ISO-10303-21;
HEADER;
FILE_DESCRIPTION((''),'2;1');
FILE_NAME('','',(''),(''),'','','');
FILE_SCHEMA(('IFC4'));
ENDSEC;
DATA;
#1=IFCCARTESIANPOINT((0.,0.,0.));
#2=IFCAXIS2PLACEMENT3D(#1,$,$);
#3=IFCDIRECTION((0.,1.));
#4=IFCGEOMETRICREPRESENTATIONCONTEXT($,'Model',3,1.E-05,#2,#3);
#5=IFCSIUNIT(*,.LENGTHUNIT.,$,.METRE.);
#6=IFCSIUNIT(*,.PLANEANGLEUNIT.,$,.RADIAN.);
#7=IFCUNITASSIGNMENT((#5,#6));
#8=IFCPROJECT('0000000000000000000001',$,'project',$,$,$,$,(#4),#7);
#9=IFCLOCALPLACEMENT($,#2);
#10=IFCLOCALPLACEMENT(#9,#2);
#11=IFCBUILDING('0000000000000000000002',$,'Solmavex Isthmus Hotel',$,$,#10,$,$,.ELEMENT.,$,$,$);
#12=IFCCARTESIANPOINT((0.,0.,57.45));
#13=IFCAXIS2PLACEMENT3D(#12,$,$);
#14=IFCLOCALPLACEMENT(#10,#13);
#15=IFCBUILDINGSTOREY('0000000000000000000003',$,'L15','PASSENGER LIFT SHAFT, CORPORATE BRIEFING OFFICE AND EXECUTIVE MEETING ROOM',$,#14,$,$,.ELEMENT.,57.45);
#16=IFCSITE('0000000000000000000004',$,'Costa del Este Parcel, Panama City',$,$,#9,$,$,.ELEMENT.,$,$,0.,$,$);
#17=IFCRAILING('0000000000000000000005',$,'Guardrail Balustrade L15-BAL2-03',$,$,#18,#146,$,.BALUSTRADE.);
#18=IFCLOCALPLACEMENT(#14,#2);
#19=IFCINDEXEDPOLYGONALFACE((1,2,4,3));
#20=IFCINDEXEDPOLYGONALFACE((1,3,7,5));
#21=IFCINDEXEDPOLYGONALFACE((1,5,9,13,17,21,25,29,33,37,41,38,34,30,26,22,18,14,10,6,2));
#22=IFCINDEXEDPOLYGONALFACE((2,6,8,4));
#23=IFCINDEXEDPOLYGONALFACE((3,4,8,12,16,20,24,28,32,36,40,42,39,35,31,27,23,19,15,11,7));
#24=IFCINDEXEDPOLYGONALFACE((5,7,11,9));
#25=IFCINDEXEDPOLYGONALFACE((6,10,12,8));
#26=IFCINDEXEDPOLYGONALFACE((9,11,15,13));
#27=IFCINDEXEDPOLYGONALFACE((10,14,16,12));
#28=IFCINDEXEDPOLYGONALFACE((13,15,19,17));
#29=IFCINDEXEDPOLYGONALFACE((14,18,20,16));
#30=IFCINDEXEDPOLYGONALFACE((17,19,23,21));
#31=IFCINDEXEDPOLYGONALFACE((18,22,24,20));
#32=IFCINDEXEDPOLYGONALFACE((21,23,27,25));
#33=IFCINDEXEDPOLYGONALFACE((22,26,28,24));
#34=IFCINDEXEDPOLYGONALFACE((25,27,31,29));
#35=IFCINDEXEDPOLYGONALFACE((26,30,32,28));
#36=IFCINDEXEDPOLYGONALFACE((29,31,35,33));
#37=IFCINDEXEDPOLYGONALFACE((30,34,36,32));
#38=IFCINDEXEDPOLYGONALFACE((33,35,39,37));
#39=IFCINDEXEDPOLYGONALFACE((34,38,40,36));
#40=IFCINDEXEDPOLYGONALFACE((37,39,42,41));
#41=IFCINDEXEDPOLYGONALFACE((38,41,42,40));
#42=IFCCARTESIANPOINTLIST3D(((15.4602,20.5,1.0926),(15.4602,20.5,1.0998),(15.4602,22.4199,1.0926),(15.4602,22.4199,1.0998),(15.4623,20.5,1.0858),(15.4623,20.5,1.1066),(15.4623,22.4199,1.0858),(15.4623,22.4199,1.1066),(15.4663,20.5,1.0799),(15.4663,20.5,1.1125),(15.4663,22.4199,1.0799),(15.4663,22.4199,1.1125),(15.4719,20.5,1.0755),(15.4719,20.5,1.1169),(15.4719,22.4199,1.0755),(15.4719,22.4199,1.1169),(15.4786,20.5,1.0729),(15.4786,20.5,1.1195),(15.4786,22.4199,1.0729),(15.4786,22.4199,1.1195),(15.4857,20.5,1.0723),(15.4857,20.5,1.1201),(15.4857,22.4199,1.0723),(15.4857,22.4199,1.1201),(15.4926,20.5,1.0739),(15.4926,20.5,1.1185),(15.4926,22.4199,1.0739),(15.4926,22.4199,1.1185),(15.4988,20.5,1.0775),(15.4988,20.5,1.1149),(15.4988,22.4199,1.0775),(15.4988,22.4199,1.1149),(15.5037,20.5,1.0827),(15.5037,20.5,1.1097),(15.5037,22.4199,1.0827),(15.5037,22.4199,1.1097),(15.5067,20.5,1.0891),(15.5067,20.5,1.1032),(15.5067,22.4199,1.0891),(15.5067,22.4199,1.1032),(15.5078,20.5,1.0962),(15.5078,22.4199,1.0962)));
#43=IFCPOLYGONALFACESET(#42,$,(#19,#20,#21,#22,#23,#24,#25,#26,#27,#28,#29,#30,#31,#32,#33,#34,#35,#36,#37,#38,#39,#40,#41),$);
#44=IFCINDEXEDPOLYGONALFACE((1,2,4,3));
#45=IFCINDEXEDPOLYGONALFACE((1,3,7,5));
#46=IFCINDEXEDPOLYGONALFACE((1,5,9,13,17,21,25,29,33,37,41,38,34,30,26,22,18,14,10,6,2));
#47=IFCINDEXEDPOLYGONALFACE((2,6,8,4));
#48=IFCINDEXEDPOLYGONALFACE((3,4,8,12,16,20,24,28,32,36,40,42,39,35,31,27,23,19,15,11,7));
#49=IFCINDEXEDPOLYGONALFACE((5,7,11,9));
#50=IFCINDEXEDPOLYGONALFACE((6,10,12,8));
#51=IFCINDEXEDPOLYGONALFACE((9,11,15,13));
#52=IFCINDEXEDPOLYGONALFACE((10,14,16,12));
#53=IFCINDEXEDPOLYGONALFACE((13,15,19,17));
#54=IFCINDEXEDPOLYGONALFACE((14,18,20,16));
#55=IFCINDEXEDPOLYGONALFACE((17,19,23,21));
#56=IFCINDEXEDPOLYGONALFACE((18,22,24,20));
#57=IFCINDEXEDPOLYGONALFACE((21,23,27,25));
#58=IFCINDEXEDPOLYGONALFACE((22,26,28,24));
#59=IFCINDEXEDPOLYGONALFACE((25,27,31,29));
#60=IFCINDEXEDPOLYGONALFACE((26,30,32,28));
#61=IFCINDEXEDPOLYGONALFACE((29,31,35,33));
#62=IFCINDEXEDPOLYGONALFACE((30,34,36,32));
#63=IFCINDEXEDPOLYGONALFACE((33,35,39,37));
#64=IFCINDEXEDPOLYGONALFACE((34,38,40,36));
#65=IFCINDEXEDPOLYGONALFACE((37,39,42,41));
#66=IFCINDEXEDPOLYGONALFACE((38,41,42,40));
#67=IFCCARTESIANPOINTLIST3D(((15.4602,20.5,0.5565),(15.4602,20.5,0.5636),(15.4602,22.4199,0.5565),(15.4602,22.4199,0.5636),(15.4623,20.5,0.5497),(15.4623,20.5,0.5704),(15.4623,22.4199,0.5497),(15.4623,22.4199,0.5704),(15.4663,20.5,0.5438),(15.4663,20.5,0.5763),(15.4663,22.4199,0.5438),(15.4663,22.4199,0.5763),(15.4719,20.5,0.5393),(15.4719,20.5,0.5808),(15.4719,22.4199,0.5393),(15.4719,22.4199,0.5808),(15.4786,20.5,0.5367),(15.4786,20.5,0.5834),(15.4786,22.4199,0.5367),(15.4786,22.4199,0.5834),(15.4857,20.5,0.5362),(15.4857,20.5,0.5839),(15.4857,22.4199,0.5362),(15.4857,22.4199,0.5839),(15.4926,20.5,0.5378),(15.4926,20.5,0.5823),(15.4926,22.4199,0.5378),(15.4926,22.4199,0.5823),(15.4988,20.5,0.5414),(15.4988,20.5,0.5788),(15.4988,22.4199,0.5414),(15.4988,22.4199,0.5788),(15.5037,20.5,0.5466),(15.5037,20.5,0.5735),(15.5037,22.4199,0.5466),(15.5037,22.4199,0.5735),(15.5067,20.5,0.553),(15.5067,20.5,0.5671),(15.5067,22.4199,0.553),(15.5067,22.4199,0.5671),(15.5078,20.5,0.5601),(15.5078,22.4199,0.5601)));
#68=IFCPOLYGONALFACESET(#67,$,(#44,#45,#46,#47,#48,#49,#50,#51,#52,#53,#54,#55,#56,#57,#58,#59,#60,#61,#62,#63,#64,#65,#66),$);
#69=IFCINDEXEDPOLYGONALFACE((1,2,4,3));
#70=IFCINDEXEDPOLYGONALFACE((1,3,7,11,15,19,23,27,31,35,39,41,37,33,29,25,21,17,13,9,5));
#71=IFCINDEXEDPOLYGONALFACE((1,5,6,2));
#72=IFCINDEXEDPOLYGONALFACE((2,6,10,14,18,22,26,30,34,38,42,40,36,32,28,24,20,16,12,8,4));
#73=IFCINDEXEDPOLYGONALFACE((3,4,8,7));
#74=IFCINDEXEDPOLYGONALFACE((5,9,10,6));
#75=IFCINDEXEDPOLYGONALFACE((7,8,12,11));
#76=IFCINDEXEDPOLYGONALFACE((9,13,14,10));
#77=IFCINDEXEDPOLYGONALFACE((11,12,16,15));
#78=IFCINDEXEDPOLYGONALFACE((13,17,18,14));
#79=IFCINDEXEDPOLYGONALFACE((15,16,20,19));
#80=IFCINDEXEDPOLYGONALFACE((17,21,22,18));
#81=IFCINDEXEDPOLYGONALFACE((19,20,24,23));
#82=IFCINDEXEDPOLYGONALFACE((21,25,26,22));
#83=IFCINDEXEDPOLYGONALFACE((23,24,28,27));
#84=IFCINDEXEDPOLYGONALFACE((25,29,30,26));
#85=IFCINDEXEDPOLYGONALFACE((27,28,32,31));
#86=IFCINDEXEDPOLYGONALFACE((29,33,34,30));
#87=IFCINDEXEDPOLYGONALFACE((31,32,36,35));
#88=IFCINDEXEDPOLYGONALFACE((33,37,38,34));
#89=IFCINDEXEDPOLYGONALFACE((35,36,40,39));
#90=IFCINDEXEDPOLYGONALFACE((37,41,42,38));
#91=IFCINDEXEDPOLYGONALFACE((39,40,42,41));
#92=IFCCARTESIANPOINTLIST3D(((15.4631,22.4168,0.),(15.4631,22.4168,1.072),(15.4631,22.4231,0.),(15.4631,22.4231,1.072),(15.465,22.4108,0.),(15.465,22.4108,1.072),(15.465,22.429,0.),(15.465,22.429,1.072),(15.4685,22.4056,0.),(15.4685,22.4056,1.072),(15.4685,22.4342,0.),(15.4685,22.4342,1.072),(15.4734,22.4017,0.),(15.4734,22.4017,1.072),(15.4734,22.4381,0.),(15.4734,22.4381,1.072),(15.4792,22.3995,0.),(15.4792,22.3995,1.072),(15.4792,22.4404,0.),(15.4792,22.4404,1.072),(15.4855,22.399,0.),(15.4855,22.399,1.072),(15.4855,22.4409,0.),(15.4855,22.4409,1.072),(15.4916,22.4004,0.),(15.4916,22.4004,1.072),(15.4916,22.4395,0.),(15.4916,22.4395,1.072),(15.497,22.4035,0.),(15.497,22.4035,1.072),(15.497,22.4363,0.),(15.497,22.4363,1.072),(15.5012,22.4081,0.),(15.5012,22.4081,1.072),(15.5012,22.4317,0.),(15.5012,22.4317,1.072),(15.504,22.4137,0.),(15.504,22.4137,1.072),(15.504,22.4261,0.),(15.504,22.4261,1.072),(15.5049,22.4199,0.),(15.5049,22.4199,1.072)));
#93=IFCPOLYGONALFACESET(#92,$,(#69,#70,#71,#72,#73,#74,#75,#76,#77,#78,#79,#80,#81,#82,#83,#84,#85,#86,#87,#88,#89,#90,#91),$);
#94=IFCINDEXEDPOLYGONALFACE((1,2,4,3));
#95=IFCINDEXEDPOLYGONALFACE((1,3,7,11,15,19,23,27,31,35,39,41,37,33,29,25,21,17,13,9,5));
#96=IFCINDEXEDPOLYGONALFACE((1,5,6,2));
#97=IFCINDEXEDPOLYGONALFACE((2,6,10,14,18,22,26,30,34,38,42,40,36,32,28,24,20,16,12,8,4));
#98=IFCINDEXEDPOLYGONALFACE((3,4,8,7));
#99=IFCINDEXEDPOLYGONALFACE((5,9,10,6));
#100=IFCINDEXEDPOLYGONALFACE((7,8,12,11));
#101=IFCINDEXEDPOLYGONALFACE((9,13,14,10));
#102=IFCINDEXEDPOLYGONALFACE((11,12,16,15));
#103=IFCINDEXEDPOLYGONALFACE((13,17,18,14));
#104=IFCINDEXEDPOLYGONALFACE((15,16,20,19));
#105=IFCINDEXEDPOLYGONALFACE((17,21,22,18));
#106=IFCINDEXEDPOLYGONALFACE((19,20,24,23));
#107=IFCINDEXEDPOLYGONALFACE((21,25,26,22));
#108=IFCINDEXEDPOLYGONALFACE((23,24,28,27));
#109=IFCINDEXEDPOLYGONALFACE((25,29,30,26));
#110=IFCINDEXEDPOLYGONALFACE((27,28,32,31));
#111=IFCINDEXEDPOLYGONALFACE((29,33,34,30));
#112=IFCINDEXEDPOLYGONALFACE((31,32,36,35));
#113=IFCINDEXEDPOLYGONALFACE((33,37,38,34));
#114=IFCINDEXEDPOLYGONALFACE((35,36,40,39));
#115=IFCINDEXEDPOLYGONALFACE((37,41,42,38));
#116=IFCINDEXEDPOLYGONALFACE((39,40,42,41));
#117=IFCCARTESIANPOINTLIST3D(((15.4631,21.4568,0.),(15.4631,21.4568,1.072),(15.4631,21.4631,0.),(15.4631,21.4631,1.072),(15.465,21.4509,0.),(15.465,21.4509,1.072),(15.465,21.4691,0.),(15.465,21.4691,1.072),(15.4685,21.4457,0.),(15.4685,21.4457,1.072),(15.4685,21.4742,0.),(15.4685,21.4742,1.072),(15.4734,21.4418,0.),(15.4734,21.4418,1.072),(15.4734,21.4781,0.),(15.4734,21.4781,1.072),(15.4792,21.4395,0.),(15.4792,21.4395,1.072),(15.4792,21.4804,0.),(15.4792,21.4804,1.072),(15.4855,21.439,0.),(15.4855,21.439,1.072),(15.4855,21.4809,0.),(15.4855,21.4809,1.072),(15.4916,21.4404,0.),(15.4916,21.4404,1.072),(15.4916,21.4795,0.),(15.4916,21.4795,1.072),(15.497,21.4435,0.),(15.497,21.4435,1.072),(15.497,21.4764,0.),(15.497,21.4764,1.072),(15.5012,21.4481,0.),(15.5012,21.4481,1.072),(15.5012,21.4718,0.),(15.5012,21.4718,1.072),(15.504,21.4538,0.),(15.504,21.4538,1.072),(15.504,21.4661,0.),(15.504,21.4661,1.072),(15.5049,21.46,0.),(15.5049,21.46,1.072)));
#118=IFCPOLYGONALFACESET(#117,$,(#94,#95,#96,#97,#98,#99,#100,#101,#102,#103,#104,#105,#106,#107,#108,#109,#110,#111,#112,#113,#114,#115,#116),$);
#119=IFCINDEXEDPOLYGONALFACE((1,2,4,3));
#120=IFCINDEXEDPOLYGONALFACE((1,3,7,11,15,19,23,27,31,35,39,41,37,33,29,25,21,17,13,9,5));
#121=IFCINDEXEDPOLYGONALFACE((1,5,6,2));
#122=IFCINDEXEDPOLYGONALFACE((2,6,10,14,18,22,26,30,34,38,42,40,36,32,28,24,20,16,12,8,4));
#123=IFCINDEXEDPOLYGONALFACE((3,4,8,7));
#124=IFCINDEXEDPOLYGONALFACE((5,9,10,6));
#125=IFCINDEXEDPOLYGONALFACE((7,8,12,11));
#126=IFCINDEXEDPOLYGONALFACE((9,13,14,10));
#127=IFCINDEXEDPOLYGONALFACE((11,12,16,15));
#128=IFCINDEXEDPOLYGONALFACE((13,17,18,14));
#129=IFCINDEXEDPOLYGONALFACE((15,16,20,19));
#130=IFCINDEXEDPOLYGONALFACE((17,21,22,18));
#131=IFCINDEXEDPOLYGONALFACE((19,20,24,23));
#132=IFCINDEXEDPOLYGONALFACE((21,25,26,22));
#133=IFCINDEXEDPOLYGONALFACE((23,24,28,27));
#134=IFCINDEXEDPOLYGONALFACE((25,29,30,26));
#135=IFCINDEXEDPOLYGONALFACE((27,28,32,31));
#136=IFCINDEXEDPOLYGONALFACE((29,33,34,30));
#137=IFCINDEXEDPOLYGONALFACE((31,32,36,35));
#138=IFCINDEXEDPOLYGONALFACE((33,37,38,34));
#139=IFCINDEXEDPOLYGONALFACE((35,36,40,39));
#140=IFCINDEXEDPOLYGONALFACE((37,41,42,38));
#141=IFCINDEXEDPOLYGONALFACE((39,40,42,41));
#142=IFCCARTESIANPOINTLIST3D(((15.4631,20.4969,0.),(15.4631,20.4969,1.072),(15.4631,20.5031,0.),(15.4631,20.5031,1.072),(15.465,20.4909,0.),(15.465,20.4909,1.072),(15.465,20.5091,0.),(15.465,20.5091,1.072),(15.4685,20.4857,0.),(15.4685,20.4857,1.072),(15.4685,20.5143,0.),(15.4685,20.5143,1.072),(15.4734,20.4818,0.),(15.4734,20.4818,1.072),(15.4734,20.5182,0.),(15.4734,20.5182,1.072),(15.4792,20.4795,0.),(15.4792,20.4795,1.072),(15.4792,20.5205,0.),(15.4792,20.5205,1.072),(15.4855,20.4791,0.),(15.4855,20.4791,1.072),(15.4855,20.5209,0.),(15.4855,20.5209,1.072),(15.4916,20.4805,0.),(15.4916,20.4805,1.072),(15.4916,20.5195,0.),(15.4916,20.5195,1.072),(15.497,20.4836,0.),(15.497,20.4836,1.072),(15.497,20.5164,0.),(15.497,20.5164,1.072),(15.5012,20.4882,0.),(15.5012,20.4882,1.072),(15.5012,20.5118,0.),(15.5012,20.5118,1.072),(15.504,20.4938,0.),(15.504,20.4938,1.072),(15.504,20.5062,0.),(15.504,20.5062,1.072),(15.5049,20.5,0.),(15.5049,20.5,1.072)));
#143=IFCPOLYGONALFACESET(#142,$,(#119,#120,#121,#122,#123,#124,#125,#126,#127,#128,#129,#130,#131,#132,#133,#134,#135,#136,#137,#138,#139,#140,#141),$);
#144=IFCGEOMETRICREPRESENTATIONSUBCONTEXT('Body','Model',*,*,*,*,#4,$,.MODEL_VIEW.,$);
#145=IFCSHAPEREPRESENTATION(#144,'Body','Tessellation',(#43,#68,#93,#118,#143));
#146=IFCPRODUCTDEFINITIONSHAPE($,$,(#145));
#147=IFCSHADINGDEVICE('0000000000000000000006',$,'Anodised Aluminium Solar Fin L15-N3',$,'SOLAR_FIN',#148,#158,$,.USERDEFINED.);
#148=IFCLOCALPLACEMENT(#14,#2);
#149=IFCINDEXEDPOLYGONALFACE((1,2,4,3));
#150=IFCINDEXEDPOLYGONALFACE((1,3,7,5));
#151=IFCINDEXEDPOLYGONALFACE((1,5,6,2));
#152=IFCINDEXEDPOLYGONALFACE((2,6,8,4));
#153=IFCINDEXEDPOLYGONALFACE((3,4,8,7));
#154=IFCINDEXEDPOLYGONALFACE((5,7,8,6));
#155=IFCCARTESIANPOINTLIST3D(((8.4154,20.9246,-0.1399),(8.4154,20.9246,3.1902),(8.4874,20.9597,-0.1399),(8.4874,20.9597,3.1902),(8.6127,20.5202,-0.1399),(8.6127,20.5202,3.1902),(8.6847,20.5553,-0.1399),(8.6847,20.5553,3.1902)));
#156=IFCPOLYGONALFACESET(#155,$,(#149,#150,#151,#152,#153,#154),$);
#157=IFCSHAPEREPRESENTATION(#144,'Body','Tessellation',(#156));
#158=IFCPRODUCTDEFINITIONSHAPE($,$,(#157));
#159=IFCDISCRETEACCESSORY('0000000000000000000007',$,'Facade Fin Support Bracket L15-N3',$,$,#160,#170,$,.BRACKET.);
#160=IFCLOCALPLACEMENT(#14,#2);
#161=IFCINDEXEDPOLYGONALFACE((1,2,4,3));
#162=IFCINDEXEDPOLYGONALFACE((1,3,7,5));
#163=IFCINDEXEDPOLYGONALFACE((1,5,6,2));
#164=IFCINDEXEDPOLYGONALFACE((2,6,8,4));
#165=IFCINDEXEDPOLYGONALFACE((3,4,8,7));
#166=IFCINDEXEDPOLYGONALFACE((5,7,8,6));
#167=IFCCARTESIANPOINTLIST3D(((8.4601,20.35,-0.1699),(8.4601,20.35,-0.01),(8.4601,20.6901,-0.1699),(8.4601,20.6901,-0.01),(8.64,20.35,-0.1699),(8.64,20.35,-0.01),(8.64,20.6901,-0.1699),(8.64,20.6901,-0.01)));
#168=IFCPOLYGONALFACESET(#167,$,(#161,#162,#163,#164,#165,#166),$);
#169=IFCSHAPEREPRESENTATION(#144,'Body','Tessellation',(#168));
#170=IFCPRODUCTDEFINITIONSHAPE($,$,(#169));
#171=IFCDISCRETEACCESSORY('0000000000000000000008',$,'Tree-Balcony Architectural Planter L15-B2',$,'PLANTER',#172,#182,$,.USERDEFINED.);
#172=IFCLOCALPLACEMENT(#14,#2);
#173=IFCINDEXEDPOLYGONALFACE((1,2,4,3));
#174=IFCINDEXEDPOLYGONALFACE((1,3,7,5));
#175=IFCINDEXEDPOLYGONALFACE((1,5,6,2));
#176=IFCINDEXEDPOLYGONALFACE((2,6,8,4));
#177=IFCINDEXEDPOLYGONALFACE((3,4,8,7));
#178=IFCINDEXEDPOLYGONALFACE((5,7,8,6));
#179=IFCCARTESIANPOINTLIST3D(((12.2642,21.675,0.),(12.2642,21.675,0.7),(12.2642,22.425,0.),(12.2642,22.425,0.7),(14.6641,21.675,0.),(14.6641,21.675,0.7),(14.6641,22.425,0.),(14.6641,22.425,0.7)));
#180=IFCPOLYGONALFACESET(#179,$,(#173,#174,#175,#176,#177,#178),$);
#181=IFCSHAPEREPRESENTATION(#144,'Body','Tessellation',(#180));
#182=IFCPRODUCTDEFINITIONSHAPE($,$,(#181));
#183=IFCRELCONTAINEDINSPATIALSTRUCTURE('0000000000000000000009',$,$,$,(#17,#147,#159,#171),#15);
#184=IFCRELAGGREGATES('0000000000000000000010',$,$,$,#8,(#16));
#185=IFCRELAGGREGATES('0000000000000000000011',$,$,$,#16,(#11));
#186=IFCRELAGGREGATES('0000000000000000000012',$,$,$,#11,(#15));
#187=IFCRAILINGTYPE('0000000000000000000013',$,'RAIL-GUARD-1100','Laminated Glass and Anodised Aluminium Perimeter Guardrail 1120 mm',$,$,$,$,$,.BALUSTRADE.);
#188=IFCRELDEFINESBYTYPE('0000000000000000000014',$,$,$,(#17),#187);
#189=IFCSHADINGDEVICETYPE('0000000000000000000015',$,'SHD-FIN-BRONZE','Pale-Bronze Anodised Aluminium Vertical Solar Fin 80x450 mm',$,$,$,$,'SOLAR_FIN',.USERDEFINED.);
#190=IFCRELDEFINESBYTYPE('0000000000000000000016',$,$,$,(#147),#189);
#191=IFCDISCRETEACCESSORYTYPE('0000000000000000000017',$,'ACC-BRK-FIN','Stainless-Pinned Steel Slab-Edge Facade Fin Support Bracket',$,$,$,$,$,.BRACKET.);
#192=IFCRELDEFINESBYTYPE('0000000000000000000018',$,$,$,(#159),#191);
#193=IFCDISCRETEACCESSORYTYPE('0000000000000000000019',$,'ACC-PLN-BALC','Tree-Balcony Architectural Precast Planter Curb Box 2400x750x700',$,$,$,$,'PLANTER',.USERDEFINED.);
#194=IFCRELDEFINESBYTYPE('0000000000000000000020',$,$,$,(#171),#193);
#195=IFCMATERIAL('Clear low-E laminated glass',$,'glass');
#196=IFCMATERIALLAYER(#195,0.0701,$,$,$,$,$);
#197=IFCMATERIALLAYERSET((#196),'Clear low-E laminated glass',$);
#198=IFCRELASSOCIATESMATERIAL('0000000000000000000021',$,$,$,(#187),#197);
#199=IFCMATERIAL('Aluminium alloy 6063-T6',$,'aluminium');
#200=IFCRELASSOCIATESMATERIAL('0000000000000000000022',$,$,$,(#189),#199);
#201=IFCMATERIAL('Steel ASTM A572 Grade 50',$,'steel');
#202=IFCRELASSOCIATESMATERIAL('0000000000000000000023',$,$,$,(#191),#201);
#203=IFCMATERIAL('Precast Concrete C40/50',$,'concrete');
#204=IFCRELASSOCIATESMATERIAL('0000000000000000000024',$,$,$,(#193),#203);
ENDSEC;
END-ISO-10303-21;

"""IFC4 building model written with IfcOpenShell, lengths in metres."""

from ifc_helpers import new_model, si_unit, direction, frame, origin, origin_2d, place, context, subcontext, project, spatial, rectangle, circle, extrude, material, layer, layer_set, type_object, element, save


model = new_model("IFC4")

# Units and contexts
model_context = context("Model", 3, precision=1e-05, world=origin(), true_north=direction((0.0, 1.0)))
body_context = subcontext(model_context, "Body", "Model", "MODEL_VIEW")
ifc_project = project(units=[si_unit("LENGTHUNIT", "METRE"), si_unit("PLANEANGLEUNIT", "RADIAN")], contexts=[model_context])

# Site, building, storey
site_placement = place(None, origin())
site = spatial("IfcSite", under=ifc_project, at=site_placement, Name="Costa del Este Parcel, Panama City", CompositionType="ELEMENT", RefElevation=0.0)
building_placement = place(site_placement, origin())
building = spatial("IfcBuilding", under=site, at=building_placement, Name="Solmavex Isthmus Hotel", CompositionType="ELEMENT")
storey_placement = place(building_placement, frame((0.0, 0.0, 57.45)))
storey = spatial("IfcBuildingStorey", under=building, at=storey_placement, Name="L15", Description="PASSENGER LIFT SHAFT, CORPORATE BRIEFING OFFICE AND EXECUTIVE MEETING ROOM", CompositionType="ELEMENT", Elevation=57.45)

# Shared definitions
ifc_material_1 = material(Name="Aluminium alloy 6063-T6", Category="aluminium")

# Shared definitions
ifc_material_2 = material(Name="Clear low-E laminated glass", Category="glass")

# Shared definitions
ifc_material_3 = material(Name="Precast Concrete C40/50", Category="concrete")

# Railing
ifc_layer_1 = layer(ifc_material_2, 0.0701)
ifc_layer_set_1 = layer_set([ifc_layer_1], Name="Clear low-E laminated glass")
railing_type_1 = type_object("IfcRailingType", Name="RAIL-GUARD-1100", Description="Laminated Glass and Anodised Aluminium Perimeter Guardrail 1120 mm", PredefinedType="BALUSTRADE", material=ifc_layer_set_1)
railing_1_placement = place(storey_placement, frame((15.4839, 22.4199, 0.0)))
element("IfcRailing", 1, at=railing_1_placement, inside=storey, type_object=railing_type_1, Name="Guardrail Balustrade L15-BAL2-03", PredefinedType="BALUSTRADE", context=body_context, shape_type="SweptSolid", body=[
    extrude(circle(Radius=0.0239, at=origin_2d()), frame((0.0, 0.0, 1.0962), z_axis=(0.0, -1.0, 0.0), x_axis=(1.0, 0.0, 0.0)), (0.0, 0.0, 1.0), 1.9199),
    extrude(circle(Radius=0.0239, at=origin_2d()), frame((0.0, 0.0, 0.5601), z_axis=(0.0, -1.0, 0.0), x_axis=(1.0, 0.0, 0.0)), (0.0, 0.0, 1.0), 1.9199),
    extrude(circle(Radius=0.021, at=origin_2d()), origin(), (0.0, 0.0, 1.0), 1.072),
    extrude(circle(Radius=0.021, at=origin_2d()), frame((0.0, -0.96, 0.0)), (0.0, 0.0, 1.0), 1.072),
    extrude(circle(Radius=0.021, at=origin_2d()), frame((0.0, -1.9199, 0.0)), (0.0, 0.0, 1.0), 1.072),
])

# Shading device
shading_device_type = type_object("IfcShadingDeviceType", Name="SHD-FIN-BRONZE", Description="Pale-Bronze Anodised Aluminium Vertical Solar Fin 80x450 mm", ElementType="SOLAR_FIN", PredefinedType="USERDEFINED", material=ifc_material_1)
shading_device_placement = place(storey_placement, frame((8.55, 20.74, -0.1399), z_axis=(0.0, 0.0, 1.0), x_axis=(-0.438371, 0.898794, 0.0)))
element("IfcShadingDevice", 2, at=shading_device_placement, inside=storey, type_object=shading_device_type, Name="Anodised Aluminium Solar Fin L15-N3", ObjectType="SOLAR_FIN", PredefinedType="USERDEFINED", context=body_context, shape_type="SweptSolid", body=[
    extrude(rectangle(XDim=0.45, YDim=0.0801, at=origin_2d()), origin(), (0.0, 0.0, 1.0), 3.3301),
])

# Discrete accessories
ifc_material_4 = material(Name="Steel ASTM A572 Grade 50", Category="steel")
discrete_accessory_type_1 = type_object("IfcDiscreteAccessoryType", Name="ACC-BRK-FIN", Description="Stainless-Pinned Steel Slab-Edge Facade Fin Support Bracket", PredefinedType="BRACKET", material=ifc_material_4)
discrete_accessory_1_placement = place(storey_placement, frame((8.55, 20.52, -0.1699), z_axis=(0.0, 0.0, 1.0), x_axis=(0.0, 1.0, 0.0)))
element("IfcDiscreteAccessory", 3, at=discrete_accessory_1_placement, inside=storey, type_object=discrete_accessory_type_1, Name="Facade Fin Support Bracket L15-N3", PredefinedType="BRACKET", context=body_context, shape_type="SweptSolid", body=[
    extrude(rectangle(XDim=0.3401, YDim=0.1799, at=origin_2d()), origin(), (0.0, 0.0, 1.0), 0.1599),
])
discrete_accessory_type_2 = type_object("IfcDiscreteAccessoryType", Name="ACC-PLN-BALC", Description="Tree-Balcony Architectural Precast Planter Curb Box 2400x750x700", ElementType="PLANTER", PredefinedType="USERDEFINED", material=ifc_material_3)
discrete_accessory_2_placement = place(storey_placement, frame((13.4641, 22.05, 0.0), z_axis=(0.0, 0.0, 1.0), x_axis=(1.0, 0.0, 0.0)))
element("IfcDiscreteAccessory", 4, at=discrete_accessory_2_placement, inside=storey, type_object=discrete_accessory_type_2, Name="Tree-Balcony Architectural Planter L15-B2", ObjectType="PLANTER", PredefinedType="USERDEFINED", context=body_context, shape_type="SweptSolid", body=[
    extrude(rectangle(XDim=2.3999, YDim=0.75, at=origin_2d()), origin(), (0.0, 0.0, 1.0), 0.7),
])

save(model, "model.ifc")
